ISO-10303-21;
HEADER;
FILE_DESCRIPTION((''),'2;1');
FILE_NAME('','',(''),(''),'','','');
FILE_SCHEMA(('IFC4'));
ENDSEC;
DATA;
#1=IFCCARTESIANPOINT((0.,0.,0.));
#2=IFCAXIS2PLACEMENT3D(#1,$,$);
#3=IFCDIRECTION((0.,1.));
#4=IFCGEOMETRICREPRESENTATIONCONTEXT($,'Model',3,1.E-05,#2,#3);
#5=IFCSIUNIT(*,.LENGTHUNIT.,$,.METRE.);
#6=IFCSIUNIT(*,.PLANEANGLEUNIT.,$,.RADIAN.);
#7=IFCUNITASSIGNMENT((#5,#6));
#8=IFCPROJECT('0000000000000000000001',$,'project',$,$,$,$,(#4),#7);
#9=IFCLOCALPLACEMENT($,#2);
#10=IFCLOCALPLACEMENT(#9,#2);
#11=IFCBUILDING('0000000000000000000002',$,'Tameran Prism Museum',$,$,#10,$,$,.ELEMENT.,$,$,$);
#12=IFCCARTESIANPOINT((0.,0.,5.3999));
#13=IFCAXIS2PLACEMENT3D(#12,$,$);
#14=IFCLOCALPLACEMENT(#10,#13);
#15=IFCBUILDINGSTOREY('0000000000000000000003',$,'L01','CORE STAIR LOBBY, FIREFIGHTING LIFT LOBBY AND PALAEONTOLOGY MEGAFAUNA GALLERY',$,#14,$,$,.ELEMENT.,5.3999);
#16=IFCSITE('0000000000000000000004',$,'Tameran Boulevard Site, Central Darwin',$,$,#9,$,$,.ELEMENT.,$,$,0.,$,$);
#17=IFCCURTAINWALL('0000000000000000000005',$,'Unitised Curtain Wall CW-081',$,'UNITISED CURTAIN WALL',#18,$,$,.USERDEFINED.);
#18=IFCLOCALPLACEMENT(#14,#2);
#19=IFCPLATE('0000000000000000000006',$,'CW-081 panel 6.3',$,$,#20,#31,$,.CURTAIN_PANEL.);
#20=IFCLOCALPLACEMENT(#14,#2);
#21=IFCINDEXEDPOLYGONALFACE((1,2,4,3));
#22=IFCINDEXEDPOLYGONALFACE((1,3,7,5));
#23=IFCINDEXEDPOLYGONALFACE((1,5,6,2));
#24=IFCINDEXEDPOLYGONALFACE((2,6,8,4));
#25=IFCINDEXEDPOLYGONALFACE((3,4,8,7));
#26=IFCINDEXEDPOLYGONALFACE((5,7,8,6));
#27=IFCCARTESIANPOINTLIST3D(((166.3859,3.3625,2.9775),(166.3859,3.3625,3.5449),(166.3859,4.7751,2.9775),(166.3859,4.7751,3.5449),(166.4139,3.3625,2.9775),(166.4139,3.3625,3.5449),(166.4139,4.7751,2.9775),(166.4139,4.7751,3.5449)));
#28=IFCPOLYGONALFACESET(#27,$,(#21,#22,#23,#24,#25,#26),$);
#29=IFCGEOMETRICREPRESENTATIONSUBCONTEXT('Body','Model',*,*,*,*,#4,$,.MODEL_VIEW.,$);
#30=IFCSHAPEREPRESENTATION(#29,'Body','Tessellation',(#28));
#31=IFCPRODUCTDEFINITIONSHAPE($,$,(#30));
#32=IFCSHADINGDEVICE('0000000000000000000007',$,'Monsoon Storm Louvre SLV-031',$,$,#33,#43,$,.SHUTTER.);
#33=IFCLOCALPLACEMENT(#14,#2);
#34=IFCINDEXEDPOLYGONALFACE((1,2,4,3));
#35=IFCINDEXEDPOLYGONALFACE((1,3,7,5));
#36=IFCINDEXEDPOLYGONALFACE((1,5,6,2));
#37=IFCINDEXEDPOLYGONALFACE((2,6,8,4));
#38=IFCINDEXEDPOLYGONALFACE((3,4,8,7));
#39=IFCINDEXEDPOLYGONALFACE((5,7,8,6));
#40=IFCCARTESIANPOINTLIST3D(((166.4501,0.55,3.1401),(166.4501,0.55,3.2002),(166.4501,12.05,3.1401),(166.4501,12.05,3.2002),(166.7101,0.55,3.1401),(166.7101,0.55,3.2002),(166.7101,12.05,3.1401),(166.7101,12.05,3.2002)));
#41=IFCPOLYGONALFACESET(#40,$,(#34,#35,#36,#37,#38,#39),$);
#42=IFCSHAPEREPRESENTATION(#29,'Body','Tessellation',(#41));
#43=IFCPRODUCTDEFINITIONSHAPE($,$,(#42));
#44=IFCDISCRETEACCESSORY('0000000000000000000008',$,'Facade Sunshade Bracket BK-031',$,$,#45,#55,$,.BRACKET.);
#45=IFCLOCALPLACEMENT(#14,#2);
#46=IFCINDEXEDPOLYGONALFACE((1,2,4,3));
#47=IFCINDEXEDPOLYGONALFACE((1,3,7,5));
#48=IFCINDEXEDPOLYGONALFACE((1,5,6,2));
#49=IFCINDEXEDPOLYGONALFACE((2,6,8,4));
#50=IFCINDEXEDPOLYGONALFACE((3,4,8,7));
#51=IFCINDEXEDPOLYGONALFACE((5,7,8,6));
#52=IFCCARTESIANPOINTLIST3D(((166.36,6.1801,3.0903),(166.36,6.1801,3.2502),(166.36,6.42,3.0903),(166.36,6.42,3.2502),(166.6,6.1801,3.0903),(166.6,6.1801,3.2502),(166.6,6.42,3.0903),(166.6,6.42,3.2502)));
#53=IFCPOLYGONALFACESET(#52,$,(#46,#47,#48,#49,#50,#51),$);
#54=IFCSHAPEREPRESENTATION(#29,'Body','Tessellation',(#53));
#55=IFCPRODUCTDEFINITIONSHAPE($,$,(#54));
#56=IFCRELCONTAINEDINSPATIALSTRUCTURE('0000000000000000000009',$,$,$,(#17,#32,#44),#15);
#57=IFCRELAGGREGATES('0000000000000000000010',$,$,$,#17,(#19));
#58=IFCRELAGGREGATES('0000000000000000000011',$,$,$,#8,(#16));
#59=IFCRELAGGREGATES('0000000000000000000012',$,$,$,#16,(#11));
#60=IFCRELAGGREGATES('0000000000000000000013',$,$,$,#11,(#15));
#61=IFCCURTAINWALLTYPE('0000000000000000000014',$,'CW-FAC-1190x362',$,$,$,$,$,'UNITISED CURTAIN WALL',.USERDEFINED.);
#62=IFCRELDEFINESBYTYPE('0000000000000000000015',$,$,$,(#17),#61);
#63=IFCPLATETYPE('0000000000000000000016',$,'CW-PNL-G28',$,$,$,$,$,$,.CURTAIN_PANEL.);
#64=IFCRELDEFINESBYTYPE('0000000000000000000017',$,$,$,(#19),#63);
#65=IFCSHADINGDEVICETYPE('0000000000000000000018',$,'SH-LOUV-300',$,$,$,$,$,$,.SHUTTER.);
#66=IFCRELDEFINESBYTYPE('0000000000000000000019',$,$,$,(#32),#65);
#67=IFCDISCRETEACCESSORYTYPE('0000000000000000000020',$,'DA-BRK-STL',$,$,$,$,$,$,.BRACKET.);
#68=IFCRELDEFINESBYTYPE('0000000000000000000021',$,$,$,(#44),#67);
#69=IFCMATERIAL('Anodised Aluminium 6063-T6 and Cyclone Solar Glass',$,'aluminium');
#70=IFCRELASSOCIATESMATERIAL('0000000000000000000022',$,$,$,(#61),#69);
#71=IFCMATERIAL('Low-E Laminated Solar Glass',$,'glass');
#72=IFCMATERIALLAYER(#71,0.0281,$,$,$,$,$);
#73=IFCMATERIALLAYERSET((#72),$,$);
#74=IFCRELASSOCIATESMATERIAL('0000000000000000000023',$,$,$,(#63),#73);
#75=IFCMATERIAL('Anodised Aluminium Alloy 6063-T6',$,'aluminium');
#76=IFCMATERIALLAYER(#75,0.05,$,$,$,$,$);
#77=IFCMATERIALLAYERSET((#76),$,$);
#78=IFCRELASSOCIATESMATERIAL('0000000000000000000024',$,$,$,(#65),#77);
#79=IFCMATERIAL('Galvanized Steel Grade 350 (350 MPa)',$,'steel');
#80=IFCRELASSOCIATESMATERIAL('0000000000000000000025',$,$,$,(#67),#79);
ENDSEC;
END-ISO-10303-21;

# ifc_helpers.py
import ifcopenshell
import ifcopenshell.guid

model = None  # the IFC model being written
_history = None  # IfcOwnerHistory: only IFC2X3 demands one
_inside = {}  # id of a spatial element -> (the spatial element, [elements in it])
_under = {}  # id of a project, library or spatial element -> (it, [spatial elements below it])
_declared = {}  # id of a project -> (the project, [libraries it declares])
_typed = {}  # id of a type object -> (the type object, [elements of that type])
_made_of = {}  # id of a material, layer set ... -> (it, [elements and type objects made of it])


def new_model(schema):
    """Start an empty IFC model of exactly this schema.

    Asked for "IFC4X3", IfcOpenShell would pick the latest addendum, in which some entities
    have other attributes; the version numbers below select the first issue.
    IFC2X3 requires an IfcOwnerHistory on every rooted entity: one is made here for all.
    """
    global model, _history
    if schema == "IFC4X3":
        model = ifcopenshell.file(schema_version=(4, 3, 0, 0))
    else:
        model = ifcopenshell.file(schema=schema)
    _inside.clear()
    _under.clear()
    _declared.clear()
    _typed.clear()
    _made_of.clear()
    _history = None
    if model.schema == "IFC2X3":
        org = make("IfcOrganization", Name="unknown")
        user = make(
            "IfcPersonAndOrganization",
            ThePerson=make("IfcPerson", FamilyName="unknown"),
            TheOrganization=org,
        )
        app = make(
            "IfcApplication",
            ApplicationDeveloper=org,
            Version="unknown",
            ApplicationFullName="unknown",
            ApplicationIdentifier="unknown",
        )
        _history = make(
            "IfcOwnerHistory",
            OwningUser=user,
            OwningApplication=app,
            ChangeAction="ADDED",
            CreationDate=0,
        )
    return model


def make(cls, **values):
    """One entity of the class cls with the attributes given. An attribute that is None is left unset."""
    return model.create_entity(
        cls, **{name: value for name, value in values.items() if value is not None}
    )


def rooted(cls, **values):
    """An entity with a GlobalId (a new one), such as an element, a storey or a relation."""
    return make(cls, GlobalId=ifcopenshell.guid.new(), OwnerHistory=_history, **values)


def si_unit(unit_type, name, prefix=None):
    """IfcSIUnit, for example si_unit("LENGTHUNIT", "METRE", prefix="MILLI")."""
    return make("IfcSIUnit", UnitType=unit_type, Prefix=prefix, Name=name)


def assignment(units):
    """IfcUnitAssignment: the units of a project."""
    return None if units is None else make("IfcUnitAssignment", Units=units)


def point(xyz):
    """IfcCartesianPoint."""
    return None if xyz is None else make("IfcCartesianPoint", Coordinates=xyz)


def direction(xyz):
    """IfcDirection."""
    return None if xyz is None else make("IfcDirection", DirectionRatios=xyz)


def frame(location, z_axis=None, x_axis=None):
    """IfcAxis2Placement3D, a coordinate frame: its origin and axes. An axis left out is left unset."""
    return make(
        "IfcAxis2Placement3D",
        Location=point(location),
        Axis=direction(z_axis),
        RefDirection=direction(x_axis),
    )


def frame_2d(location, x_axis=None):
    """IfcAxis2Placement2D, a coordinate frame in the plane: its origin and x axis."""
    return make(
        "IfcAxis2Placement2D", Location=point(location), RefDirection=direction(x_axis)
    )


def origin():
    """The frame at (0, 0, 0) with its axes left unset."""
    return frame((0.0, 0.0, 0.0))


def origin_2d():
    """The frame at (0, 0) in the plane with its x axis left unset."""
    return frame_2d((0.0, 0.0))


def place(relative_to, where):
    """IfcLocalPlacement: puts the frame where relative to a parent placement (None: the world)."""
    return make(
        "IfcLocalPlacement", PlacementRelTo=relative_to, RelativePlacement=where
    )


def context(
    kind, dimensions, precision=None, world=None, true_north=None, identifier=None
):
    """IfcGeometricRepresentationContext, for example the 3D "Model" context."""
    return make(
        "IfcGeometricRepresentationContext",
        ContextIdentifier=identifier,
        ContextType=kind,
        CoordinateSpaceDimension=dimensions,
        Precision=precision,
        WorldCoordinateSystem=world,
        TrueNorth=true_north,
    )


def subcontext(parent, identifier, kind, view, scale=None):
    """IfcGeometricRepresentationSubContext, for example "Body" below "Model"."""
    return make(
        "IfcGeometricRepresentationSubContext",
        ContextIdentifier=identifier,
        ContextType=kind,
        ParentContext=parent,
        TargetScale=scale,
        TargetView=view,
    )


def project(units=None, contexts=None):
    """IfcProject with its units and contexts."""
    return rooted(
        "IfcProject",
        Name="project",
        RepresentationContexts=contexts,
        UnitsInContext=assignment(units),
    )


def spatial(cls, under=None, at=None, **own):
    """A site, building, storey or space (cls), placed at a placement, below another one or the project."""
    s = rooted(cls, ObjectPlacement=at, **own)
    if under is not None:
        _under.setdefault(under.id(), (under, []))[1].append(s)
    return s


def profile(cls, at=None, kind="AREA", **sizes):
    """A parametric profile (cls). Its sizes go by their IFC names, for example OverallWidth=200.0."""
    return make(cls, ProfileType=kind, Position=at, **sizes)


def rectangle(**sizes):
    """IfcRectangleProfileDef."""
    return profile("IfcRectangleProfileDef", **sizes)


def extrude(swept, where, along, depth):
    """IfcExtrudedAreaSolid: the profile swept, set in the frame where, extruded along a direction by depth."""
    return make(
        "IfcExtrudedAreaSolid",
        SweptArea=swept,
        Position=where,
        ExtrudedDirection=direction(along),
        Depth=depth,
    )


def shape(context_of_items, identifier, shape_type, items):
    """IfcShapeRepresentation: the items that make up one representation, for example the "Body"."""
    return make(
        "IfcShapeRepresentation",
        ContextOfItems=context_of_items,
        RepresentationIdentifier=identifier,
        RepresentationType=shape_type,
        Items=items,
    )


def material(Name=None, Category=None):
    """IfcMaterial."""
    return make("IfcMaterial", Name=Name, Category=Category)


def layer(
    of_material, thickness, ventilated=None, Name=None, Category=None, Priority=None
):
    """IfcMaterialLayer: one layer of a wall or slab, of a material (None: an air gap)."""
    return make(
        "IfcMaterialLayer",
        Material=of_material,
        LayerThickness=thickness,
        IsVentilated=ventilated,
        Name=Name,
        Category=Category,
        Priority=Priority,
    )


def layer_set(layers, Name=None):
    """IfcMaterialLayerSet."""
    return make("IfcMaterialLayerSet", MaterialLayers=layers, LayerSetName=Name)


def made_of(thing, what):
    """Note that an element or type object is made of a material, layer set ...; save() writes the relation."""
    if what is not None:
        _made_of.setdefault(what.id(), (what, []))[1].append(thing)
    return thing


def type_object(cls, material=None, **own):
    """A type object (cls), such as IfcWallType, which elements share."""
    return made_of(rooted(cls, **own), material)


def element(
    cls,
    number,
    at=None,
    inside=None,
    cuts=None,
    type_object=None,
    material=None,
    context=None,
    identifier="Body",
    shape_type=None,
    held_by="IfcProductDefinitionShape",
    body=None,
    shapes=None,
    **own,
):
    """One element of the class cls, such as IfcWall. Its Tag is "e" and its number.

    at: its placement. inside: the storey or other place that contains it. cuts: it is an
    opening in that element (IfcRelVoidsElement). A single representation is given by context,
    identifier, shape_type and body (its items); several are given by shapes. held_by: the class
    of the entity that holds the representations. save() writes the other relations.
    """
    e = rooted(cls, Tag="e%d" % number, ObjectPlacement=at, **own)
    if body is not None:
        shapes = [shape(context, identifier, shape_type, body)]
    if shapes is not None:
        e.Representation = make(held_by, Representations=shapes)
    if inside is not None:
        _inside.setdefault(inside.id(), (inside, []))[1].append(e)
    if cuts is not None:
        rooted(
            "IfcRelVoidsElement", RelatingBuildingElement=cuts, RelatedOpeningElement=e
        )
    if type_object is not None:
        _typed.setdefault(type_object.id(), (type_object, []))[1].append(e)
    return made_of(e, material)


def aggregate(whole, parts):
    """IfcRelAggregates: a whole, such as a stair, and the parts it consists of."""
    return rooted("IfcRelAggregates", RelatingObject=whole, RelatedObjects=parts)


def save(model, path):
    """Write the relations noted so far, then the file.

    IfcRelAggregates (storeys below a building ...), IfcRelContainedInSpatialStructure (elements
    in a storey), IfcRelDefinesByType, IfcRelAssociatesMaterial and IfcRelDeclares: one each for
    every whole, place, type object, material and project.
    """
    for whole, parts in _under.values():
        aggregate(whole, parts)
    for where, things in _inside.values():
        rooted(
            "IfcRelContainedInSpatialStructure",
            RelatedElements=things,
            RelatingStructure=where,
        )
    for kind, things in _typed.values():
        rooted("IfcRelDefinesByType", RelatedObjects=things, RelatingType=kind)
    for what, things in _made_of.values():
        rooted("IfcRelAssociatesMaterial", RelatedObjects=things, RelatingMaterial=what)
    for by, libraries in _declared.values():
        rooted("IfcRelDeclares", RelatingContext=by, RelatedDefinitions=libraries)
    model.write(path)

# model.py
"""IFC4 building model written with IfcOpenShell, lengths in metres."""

from ifc_helpers import new_model, si_unit, direction, frame, origin, origin_2d, place, context, subcontext, project, spatial, rectangle, extrude, material, layer, layer_set, type_object, element, aggregate, save


model = new_model("IFC4")

# Units and contexts
model_context = context("Model", 3, precision=1e-05, world=origin(), true_north=direction((0.0, 1.0)))
body_context = subcontext(model_context, "Body", "Model", "MODEL_VIEW")
ifc_project = project(units=[si_unit("LENGTHUNIT", "METRE"), si_unit("PLANEANGLEUNIT", "RADIAN")], contexts=[model_context])

# Site, building, storey
site_placement = place(None, origin())
site = spatial("IfcSite", under=ifc_project, at=site_placement, Name="Tameran Boulevard Site, Central Darwin", CompositionType="ELEMENT", RefElevation=0.0)
building_placement = place(site_placement, origin())
building = spatial("IfcBuilding", under=site, at=building_placement, Name="Tameran Prism Museum", CompositionType="ELEMENT")
storey_placement = place(building_placement, frame((0.0, 0.0, 5.3999)))
storey = spatial("IfcBuildingStorey", under=building, at=storey_placement, Name="L01", Description="CORE STAIR LOBBY, FIREFIGHTING LIFT LOBBY AND PALAEONTOLOGY MEGAFAUNA GALLERY", CompositionType="ELEMENT", Elevation=5.3999)

# Curtain wall, plate
ifc_material_1 = material(Name="Anodised Aluminium 6063-T6 and Cyclone Solar Glass", Category="aluminium")
curtain_wall_type = type_object("IfcCurtainWallType", Name="CW-FAC-1190x362", ElementType="UNITISED CURTAIN WALL", PredefinedType="USERDEFINED", material=ifc_material_1)
curtain_wall_placement = place(storey_placement, origin())
curtain_wall = element("IfcCurtainWall", 1, at=curtain_wall_placement, inside=storey, type_object=curtain_wall_type, Name="Unitised Curtain Wall CW-081", ObjectType="UNITISED CURTAIN WALL", PredefinedType="USERDEFINED")
ifc_material_2 = material(Name="Low-E Laminated Solar Glass", Category="glass")
ifc_layer_1 = layer(ifc_material_2, 0.0281)
ifc_layer_set_1 = layer_set([ifc_layer_1])
plate_type = type_object("IfcPlateType", Name="CW-PNL-G28", PredefinedType="CURTAIN_PANEL", material=ifc_layer_set_1)
plate_1_placement = place(storey_placement, frame((166.3999, 4.0688, 2.9775), z_axis=(0.0, 0.0, 1.0), x_axis=(0.0, -1.0, 0.0)))
plate_1 = element("IfcPlate", 2, at=plate_1_placement, type_object=plate_type, Name="CW-081 panel 6.3", PredefinedType="CURTAIN_PANEL", context=body_context, shape_type="SweptSolid", body=[
    extrude(rectangle(XDim=1.4126, YDim=0.0281, at=origin_2d()), origin(), (0.0, 0.0, 1.0), 0.5674),
])
aggregate(curtain_wall, [plate_1])

# Shading device
ifc_material_3 = material(Name="Anodised Aluminium Alloy 6063-T6", Category="aluminium")
ifc_layer_2 = layer(ifc_material_3, 0.05)
ifc_layer_set_2 = layer_set([ifc_layer_2])
shading_device_type = type_object("IfcShadingDeviceType", Name="SH-LOUV-300", PredefinedType="SHUTTER", material=ifc_layer_set_2)
shading_device_placement = place(storey_placement, frame((166.5801, 6.3, 3.1401), z_axis=(0.0, 0.0, 1.0), x_axis=(0.0, -1.0, 0.0)))
element("IfcShadingDevice", 3, at=shading_device_placement, inside=storey, type_object=shading_device_type, Name="Monsoon Storm Louvre SLV-031", PredefinedType="SHUTTER", context=body_context, shape_type="SweptSolid", body=[
    extrude(rectangle(XDim=11.5, YDim=0.26, at=origin_2d()), origin(), (0.0, 0.0, 1.0), 0.0601),
])

# Discrete accessory
ifc_material_4 = material(Name="Galvanized Steel Grade 350 (350 MPa)", Category="steel")
discrete_accessory_type = type_object("IfcDiscreteAccessoryType", Name="DA-BRK-STL", PredefinedType="BRACKET", material=ifc_material_4)
discrete_accessory_placement = place(storey_placement, frame((166.48, 6.3, 3.0903), z_axis=(0.0, 0.0, 1.0), x_axis=(0.0, -1.0, 0.0)))
element("IfcDiscreteAccessory", 4, at=discrete_accessory_placement, inside=storey, type_object=discrete_accessory_type, Name="Facade Sunshade Bracket BK-031", PredefinedType="BRACKET", context=body_context, shape_type="SweptSolid", body=[
    extrude(rectangle(XDim=0.24, YDim=0.24, at=origin_2d()), origin(), (0.0, 0.0, 1.0), 0.1599),
])

save(model, "model.ifc")
